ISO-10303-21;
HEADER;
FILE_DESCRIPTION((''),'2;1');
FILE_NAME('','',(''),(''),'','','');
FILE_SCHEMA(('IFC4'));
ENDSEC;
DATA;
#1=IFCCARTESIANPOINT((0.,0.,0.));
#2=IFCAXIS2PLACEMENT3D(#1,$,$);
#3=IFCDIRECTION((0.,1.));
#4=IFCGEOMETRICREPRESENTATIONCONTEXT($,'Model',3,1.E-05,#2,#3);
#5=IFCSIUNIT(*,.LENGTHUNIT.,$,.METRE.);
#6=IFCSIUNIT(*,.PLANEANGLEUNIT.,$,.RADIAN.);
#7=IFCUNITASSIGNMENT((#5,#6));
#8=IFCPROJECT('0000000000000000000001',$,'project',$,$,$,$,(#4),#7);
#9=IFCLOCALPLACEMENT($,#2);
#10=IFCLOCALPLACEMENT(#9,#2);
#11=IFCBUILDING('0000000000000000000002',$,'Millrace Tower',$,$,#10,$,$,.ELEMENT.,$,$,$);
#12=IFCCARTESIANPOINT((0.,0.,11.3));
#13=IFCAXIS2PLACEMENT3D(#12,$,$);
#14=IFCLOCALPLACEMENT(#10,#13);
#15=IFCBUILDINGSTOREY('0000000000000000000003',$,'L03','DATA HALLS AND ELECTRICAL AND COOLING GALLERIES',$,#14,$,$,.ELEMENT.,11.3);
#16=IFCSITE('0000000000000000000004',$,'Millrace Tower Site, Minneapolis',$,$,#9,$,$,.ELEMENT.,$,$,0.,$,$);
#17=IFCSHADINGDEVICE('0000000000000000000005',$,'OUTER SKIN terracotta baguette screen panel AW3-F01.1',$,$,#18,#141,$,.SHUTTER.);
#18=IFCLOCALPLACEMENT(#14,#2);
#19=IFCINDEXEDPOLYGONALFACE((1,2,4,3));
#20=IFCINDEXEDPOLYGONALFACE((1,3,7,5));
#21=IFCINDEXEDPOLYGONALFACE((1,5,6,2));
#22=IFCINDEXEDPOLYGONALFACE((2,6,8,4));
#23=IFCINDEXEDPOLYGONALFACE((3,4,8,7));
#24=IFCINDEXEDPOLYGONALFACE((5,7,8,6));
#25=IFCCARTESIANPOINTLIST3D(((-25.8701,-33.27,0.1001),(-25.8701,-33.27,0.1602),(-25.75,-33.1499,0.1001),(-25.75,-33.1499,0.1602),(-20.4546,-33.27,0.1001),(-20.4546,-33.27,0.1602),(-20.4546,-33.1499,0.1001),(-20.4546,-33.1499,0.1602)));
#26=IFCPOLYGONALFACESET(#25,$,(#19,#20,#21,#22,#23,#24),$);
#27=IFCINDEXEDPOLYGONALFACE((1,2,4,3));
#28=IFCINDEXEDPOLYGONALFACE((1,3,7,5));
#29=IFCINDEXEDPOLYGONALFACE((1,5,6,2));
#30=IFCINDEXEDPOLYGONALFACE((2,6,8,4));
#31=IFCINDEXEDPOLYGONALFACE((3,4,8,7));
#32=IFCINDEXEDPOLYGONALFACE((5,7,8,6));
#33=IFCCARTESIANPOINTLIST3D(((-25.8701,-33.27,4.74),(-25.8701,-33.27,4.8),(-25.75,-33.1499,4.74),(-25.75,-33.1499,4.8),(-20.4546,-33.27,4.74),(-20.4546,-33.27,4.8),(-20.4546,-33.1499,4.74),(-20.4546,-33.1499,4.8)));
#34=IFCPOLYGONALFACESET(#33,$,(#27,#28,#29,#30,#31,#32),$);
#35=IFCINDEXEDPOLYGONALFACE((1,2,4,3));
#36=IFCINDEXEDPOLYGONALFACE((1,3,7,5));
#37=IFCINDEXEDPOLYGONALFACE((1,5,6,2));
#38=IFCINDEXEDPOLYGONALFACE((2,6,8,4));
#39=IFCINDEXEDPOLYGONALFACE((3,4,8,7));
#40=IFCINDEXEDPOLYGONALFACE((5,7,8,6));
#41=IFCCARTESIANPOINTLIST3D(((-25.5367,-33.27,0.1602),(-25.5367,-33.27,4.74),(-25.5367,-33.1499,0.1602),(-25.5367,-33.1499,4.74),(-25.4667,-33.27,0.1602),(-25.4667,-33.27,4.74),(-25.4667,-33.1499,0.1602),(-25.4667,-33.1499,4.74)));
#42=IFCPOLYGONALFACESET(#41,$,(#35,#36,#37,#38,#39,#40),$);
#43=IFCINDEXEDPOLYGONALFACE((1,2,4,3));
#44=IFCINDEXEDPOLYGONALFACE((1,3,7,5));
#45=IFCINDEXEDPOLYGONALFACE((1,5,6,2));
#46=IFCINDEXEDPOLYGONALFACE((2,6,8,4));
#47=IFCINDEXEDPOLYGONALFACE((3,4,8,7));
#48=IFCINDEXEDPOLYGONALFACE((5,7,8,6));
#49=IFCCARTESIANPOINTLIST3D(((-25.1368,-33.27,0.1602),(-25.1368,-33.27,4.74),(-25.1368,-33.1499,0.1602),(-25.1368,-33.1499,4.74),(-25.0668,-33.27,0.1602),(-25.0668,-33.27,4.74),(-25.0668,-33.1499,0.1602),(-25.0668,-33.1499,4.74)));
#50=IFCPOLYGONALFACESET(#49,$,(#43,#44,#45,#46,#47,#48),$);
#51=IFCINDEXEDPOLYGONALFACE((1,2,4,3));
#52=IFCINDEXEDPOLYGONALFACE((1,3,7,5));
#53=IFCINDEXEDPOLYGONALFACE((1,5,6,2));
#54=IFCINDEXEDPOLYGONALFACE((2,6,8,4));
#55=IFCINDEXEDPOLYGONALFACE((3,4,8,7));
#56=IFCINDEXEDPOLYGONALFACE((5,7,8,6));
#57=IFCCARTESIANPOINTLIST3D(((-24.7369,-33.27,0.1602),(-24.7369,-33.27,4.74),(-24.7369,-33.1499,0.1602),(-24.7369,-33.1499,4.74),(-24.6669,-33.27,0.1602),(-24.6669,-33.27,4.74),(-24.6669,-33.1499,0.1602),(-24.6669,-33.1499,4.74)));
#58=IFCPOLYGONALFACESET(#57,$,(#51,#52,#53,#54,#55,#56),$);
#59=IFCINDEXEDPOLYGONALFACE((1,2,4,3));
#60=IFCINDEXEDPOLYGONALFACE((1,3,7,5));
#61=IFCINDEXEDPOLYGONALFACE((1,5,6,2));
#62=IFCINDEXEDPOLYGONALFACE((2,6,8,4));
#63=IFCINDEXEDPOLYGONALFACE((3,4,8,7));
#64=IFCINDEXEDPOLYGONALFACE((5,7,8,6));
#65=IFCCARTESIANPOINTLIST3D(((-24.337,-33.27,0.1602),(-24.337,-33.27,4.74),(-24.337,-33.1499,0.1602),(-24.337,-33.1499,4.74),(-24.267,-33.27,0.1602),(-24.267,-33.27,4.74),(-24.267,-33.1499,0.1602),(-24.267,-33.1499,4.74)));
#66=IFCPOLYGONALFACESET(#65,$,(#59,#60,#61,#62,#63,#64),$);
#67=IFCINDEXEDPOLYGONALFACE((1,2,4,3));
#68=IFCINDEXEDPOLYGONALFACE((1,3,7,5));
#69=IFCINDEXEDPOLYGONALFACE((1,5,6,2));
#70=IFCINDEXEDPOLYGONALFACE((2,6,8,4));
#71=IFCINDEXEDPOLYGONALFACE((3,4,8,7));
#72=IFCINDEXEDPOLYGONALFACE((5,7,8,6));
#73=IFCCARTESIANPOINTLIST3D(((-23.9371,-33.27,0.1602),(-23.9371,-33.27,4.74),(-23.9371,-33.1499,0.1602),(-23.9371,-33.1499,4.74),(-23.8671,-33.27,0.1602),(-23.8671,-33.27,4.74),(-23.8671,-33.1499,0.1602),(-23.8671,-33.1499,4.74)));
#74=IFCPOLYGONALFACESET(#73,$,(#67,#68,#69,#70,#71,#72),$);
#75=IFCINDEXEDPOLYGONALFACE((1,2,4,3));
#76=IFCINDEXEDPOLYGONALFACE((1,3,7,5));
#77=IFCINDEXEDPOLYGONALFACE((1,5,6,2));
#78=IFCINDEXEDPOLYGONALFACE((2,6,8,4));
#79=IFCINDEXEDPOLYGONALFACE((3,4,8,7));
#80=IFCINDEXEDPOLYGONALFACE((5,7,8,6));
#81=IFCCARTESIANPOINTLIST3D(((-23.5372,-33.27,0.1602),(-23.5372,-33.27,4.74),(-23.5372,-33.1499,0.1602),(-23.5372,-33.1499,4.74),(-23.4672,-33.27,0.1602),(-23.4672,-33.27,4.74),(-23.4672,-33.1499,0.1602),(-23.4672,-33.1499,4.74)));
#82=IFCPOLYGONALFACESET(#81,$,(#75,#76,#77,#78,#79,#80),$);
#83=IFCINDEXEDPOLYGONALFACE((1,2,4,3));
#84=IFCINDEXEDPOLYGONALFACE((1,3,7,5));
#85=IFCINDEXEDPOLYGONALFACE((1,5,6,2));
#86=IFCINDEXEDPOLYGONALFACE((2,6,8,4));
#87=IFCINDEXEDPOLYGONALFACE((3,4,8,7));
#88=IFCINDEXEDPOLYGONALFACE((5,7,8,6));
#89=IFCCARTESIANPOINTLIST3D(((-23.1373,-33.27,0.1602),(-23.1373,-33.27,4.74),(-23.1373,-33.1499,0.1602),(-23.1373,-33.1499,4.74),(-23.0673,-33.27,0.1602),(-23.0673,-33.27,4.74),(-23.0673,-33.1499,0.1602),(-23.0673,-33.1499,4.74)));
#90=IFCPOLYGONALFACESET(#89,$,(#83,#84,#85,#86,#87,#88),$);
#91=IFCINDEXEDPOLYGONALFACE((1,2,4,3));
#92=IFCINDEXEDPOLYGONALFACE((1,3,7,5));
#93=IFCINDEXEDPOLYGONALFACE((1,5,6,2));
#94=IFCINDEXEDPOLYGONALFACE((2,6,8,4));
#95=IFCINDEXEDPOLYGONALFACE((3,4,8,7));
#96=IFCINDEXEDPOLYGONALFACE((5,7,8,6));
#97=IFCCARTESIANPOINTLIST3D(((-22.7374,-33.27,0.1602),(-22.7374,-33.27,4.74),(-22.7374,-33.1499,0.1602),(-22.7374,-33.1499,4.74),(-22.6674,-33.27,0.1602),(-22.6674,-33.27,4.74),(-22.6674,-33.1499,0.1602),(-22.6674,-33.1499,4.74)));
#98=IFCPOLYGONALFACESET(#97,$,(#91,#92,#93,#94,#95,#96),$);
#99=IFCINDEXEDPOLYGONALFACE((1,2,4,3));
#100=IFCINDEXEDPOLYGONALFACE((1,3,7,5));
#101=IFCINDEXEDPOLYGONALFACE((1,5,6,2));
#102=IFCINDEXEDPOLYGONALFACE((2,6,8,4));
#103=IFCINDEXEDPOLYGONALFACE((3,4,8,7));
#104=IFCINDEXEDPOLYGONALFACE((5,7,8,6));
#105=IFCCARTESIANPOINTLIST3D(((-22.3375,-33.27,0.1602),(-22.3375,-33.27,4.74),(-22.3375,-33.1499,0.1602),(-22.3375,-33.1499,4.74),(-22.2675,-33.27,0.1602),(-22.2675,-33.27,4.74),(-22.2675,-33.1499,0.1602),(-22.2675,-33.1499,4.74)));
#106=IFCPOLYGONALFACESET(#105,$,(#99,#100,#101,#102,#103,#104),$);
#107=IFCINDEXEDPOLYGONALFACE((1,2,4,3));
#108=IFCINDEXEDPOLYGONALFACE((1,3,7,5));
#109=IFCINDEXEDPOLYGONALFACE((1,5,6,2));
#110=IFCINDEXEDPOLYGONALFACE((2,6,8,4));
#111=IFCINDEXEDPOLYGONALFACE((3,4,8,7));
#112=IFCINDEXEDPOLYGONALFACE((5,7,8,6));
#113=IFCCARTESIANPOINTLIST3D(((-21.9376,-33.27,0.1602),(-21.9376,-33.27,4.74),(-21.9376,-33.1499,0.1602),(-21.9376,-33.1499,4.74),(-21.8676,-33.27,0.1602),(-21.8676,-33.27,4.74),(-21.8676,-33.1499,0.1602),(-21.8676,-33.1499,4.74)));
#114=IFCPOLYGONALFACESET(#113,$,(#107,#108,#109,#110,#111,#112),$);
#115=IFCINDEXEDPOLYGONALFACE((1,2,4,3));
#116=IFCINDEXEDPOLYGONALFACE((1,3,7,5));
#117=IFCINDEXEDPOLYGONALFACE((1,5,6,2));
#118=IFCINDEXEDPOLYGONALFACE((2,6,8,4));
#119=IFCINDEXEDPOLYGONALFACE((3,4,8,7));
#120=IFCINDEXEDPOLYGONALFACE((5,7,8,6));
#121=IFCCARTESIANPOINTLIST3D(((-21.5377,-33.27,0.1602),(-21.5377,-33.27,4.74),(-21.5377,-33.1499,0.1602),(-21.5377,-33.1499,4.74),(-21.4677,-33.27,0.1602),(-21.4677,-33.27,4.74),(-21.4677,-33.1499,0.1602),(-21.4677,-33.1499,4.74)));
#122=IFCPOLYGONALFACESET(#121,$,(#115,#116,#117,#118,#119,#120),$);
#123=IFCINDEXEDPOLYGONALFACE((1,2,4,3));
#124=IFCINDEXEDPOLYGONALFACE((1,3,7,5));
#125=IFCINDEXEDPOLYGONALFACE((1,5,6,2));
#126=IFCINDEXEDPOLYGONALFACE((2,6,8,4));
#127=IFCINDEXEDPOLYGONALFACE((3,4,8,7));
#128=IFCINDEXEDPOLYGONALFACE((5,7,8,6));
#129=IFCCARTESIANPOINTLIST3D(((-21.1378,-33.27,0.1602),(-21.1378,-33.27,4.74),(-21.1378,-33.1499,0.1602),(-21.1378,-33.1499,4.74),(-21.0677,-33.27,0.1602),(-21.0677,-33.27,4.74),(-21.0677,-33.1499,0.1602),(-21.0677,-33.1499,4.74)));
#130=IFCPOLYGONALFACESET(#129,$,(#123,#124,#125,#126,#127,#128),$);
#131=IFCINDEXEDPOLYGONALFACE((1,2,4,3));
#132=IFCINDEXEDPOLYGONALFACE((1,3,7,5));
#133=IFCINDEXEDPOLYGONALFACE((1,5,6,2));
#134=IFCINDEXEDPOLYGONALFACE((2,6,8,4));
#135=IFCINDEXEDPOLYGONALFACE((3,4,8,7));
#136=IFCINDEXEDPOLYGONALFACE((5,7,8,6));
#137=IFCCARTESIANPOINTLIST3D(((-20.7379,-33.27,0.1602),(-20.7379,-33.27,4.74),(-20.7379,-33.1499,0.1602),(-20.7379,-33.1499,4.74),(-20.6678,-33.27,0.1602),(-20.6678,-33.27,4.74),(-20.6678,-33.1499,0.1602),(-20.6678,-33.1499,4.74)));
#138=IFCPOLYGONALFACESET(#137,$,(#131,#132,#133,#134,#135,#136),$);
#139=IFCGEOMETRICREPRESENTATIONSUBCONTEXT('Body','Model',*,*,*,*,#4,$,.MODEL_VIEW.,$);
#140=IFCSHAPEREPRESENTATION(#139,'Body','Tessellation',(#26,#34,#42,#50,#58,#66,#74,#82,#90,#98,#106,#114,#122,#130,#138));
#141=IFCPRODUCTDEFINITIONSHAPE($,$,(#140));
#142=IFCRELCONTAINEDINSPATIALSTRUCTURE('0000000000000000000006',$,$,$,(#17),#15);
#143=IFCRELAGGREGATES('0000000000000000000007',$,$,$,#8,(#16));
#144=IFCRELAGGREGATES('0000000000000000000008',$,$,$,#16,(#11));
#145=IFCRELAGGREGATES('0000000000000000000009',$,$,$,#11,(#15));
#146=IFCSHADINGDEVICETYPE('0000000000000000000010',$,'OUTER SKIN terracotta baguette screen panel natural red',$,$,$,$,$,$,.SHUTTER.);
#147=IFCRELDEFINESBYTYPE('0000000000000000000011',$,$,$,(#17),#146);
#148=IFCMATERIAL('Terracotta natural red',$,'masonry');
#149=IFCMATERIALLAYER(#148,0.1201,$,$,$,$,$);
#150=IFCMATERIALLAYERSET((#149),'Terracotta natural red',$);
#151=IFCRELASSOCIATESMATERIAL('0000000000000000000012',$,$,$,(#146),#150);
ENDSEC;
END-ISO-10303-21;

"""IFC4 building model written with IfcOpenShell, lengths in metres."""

from ifc_helpers import new_model, entity, si_unit, direction, frame, frame_2d, origin, place, context, subcontext, project, spatial, rectangle, extrude, source, transform, mapped, material, layer, layer_set, type_object, element, save


model = new_model("IFC4")

# Units and contexts
model_context = context("Model", 3, precision=1e-05, world=origin(), true_north=direction((0.0, 1.0)))
body_context = subcontext(model_context, "Body", "Model", "MODEL_VIEW")
ifc_project = project(units=[si_unit("LENGTHUNIT", "METRE"), si_unit("PLANEANGLEUNIT", "RADIAN")], contexts=[model_context])

# Site, building, storey
site_placement = place(None, origin())
site = spatial("IfcSite", under=ifc_project, at=site_placement, Name="Millrace Tower Site, Minneapolis", CompositionType="ELEMENT", RefElevation=0.0)
building_placement = place(site_placement, origin())
building = spatial("IfcBuilding", under=site, at=building_placement, Name="Millrace Tower", CompositionType="ELEMENT")
storey_placement = place(building_placement, frame((0.0, 0.0, 11.3)))
storey = spatial("IfcBuildingStorey", under=building, at=storey_placement, Name="L03", Description="DATA HALLS AND ELECTRICAL AND COOLING GALLERIES", CompositionType="ELEMENT", Elevation=11.3)

# Shading device
ifc_material_1 = material(Name="Terracotta natural red", Category="masonry")
ifc_layer_1 = layer(ifc_material_1, 0.1201)
ifc_layer_set_1 = layer_set([ifc_layer_1], Name="Terracotta natural red")
shading_device_type_1 = type_object("IfcShadingDeviceType", Name="OUTER SKIN terracotta baguette screen panel natural red", PredefinedType="SHUTTER", material=ifc_layer_set_1)
cartesian_point_1 = entity("IfcCartesianPoint", [-2.6177, 0.0601])
shared_polyline_1 = entity("IfcPolyline", [cartesian_point_1, entity("IfcCartesianPoint", [2.6777, 0.0601]), entity("IfcCartesianPoint", [2.6777, -0.0601]), entity("IfcCartesianPoint", [-2.7378, -0.0601]), cartesian_point_1])
shared_shape_1 = source(origin(), body_context, "Body", "SweptSolid", [
    entity("IfcExtrudedAreaSolid", entity("IfcArbitraryClosedProfileDef", "AREA", None, shared_polyline_1), entity("IfcAxis2Placement3D", entity("IfcCartesianPoint", [0.0, 0.0, 0.0])), entity("IfcDirection", [0.0, 0.0, 1.0]), 0.0601),
    entity("IfcExtrudedAreaSolid", entity("IfcArbitraryClosedProfileDef", "AREA", None, shared_polyline_1), entity("IfcAxis2Placement3D", entity("IfcCartesianPoint", [0.0, 0.0, 4.6399])), entity("IfcDirection", [0.0, 0.0, 1.0]), 0.0601),
    extrude(rectangle(XDim=0.0701, YDim=0.1201, at=frame_2d((-2.3694, 0.0))), frame((0.0, 0.0, 0.0601)), (0.0, 0.0, 1.0), 4.5798),
    extrude(rectangle(XDim=0.0701, YDim=0.1201, at=frame_2d((-1.9695, 0.0))), frame((0.0, 0.0, 0.0601)), (0.0, 0.0, 1.0), 4.5798),
    extrude(rectangle(XDim=0.0701, YDim=0.1201, at=frame_2d((-1.5696, 0.0))), frame((0.0, 0.0, 0.0601)), (0.0, 0.0, 1.0), 4.5798),
    extrude(rectangle(XDim=0.0701, YDim=0.1201, at=frame_2d((-1.1697, 0.0))), frame((0.0, 0.0, 0.0601)), (0.0, 0.0, 1.0), 4.5798),
    extrude(rectangle(XDim=0.0701, YDim=0.1201, at=frame_2d((-0.7698, 0.0))), frame((0.0, 0.0, 0.0601)), (0.0, 0.0, 1.0), 4.5798),
    extrude(rectangle(XDim=0.0701, YDim=0.1201, at=frame_2d((-0.3699, 0.0))), frame((0.0, 0.0, 0.0601)), (0.0, 0.0, 1.0), 4.5798),
    extrude(rectangle(XDim=0.0701, YDim=0.1201, at=frame_2d((0.03, 0.0))), frame((0.0, 0.0, 0.0601)), (0.0, 0.0, 1.0), 4.5798),
    extrude(rectangle(XDim=0.0701, YDim=0.1201, at=frame_2d((0.4299, 0.0))), frame((0.0, 0.0, 0.0601)), (0.0, 0.0, 1.0), 4.5798),
    extrude(rectangle(XDim=0.0701, YDim=0.1201, at=frame_2d((0.8298, 0.0))), frame((0.0, 0.0, 0.0601)), (0.0, 0.0, 1.0), 4.5798),
    extrude(rectangle(XDim=0.0701, YDim=0.1201, at=frame_2d((1.2297, 0.0))), frame((0.0, 0.0, 0.0601)), (0.0, 0.0, 1.0), 4.5798),
    extrude(rectangle(XDim=0.0701, YDim=0.1201, at=frame_2d((1.6296, 0.0))), frame((0.0, 0.0, 0.0601)), (0.0, 0.0, 1.0), 4.5798),
    extrude(rectangle(XDim=0.0701, YDim=0.1201, at=frame_2d((2.0295, 0.0))), frame((0.0, 0.0, 0.0601)), (0.0, 0.0, 1.0), 4.5798),
    extrude(rectangle(XDim=0.0701, YDim=0.1201, at=frame_2d((2.4294, 0.0))), frame((0.0, 0.0, 0.0601)), (0.0, 0.0, 1.0), 4.5798),
])
shading_device_1_placement = place(storey_placement, frame((-23.1323, -33.21, 0.1001), z_axis=(0.0, 0.0, 1.0), x_axis=(1.0, 0.0, 0.0)))
element("IfcShadingDevice", 1, at=shading_device_1_placement, inside=storey, type_object=shading_device_type_1, Name="OUTER SKIN terracotta baguette screen panel AW3-F01.1", PredefinedType="SHUTTER", context=body_context, shape_type="MappedRepresentation", body=[
    mapped(shared_shape_1, transform((0.0, 0.0, 0.0), scale=1.0)),
])

save(model, "model.ifc")
